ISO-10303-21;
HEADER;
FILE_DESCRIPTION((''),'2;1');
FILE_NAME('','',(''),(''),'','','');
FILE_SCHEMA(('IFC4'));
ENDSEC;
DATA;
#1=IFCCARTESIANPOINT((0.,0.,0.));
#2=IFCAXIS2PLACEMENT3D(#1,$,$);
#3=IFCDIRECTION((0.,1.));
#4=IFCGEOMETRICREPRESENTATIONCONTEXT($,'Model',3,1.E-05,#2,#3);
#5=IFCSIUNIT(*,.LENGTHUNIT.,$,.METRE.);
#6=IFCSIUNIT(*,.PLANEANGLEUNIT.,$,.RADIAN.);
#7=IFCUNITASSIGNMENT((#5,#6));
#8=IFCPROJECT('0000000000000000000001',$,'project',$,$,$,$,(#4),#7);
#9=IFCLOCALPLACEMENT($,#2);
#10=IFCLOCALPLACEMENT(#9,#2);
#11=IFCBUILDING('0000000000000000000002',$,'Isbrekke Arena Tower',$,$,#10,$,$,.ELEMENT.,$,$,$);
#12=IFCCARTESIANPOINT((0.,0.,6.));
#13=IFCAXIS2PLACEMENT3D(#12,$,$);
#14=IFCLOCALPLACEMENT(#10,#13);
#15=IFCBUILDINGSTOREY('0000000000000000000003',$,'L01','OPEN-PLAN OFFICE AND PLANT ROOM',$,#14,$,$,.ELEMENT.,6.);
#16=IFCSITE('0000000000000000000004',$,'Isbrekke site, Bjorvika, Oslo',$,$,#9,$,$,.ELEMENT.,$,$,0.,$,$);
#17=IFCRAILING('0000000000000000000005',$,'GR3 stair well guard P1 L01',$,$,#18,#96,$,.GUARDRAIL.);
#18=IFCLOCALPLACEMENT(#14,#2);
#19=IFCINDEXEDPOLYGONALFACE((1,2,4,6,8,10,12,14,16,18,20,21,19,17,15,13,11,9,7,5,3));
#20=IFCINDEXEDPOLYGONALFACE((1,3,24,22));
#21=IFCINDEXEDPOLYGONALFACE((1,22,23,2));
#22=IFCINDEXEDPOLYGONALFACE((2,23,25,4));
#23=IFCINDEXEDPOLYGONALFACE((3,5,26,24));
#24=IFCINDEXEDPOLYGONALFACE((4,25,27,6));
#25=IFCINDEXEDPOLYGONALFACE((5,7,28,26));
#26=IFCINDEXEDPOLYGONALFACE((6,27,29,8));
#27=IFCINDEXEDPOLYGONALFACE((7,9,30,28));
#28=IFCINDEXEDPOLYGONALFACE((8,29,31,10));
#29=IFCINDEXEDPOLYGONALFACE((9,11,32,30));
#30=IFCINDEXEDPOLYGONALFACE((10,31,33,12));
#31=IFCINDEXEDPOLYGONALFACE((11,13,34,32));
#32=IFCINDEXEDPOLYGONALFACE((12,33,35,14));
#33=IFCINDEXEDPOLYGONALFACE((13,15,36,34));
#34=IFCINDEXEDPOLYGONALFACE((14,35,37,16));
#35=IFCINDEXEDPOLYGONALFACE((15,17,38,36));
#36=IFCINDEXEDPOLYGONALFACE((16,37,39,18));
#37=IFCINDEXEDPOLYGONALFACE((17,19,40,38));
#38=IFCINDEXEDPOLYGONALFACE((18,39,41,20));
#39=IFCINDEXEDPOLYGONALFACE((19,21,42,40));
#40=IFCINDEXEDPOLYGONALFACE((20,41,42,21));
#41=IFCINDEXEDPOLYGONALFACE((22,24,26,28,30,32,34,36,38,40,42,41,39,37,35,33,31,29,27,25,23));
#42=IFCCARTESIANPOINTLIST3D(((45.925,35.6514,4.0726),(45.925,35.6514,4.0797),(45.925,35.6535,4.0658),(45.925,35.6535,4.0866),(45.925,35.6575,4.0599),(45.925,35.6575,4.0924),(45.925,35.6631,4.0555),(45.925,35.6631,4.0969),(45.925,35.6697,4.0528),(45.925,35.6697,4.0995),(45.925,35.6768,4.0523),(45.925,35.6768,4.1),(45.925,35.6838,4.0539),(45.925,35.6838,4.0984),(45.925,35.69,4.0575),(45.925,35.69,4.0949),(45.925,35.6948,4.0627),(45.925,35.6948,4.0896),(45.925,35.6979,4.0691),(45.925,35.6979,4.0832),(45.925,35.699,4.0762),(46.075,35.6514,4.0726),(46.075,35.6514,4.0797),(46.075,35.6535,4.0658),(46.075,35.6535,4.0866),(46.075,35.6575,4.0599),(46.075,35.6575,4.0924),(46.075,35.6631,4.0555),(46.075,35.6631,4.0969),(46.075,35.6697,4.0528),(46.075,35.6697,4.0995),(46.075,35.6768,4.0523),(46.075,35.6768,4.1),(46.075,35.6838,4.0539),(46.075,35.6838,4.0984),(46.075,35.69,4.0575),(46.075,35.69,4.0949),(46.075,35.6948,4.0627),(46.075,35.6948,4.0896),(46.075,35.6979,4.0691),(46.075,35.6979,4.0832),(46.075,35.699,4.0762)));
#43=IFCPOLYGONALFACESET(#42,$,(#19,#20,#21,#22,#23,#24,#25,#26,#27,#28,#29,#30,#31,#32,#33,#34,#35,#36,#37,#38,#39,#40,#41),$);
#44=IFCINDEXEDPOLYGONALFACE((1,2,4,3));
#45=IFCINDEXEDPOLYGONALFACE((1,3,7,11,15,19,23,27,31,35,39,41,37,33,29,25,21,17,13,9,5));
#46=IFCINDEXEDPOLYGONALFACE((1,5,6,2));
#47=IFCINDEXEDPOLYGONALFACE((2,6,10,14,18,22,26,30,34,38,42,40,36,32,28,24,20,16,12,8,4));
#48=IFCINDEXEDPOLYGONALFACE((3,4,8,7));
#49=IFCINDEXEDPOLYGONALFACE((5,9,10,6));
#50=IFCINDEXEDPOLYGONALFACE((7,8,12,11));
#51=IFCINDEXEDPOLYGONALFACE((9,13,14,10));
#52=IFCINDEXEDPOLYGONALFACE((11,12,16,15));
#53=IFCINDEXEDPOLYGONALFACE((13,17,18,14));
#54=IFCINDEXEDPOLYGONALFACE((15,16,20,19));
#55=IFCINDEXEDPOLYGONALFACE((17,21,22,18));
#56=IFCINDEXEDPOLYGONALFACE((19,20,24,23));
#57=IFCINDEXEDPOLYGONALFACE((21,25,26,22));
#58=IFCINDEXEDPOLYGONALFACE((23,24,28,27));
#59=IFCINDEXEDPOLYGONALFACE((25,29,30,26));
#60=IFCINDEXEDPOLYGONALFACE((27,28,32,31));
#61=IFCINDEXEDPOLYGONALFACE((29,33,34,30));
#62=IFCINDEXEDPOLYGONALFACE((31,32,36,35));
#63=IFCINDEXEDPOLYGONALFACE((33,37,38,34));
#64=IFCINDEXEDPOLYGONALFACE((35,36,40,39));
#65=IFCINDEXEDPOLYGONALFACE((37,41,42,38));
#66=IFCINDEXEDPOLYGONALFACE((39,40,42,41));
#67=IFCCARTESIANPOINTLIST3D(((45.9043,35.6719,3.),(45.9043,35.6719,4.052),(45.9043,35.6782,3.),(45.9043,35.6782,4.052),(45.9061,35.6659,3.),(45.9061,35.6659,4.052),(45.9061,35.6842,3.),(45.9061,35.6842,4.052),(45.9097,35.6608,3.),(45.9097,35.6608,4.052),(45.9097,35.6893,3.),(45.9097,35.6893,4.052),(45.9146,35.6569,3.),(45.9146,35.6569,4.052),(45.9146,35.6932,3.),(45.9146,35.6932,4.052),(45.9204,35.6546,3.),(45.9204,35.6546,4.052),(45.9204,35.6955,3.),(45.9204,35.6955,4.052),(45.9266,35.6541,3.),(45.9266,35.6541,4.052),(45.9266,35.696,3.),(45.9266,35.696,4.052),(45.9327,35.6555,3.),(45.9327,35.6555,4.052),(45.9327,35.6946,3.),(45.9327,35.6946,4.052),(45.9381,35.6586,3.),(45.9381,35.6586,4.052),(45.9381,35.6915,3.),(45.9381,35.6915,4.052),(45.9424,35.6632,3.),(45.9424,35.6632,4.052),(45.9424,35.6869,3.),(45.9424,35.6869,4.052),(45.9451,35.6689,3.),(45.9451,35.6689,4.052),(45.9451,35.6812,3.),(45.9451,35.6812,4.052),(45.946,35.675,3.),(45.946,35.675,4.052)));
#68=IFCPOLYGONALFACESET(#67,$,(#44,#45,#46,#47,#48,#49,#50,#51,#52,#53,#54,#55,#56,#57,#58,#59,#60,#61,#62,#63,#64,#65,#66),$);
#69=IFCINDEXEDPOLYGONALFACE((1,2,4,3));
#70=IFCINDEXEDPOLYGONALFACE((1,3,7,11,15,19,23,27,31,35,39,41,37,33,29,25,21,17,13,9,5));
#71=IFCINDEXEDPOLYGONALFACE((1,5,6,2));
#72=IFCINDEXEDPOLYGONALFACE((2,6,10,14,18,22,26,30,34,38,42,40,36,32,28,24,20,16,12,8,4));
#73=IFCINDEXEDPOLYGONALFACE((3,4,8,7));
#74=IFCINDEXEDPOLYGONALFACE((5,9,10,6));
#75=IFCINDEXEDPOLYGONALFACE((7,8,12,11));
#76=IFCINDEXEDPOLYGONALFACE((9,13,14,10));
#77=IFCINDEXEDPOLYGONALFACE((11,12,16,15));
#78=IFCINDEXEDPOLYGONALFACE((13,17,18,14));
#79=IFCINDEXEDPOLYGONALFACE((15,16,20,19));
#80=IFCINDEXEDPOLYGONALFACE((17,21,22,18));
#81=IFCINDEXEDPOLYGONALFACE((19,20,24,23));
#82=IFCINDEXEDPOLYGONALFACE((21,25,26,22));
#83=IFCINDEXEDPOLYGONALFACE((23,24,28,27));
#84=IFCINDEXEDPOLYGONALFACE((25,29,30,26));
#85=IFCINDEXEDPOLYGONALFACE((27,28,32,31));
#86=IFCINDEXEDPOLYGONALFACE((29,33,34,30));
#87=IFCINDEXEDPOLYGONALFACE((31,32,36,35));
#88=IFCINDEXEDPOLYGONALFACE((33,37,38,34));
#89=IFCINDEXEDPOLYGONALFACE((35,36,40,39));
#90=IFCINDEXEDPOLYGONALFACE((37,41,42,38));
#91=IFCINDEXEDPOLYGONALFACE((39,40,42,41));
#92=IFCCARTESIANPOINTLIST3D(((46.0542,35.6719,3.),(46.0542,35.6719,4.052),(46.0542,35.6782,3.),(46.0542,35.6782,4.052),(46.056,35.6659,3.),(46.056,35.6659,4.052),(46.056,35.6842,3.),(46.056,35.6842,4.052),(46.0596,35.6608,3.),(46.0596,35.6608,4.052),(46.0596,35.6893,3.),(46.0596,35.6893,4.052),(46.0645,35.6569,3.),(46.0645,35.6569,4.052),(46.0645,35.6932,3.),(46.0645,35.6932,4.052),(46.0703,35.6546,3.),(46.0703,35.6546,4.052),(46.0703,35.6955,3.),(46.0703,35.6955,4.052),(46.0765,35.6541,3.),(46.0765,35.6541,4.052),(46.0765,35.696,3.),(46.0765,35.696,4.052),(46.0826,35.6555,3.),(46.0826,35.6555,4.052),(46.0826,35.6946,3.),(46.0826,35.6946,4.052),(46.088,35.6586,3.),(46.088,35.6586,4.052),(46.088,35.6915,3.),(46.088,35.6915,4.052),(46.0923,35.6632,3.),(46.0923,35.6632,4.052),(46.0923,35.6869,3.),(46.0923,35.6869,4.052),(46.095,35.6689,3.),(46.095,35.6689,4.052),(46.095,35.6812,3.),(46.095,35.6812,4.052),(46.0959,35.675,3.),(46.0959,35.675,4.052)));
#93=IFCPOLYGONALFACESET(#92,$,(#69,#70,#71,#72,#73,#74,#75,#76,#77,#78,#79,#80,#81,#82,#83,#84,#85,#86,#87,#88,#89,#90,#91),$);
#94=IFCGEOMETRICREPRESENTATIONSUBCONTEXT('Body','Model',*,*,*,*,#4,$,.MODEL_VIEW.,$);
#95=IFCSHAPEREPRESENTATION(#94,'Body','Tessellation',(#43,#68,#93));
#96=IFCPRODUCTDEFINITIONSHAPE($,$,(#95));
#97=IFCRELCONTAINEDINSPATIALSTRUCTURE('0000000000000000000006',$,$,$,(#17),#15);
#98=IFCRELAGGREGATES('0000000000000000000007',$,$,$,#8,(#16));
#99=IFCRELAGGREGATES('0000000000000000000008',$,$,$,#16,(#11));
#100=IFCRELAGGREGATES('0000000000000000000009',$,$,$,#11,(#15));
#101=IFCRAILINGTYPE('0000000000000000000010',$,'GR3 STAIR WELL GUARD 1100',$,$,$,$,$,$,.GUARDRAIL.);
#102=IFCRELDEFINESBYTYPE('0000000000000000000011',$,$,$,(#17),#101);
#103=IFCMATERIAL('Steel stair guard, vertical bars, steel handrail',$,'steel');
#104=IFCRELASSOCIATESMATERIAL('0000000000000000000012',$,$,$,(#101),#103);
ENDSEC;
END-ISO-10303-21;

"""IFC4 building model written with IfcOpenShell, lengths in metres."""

from ifc_helpers import new_model, si_unit, direction, frame, origin, origin_2d, place, context, subcontext, project, spatial, circle, extrude, material, type_object, element, save


model = new_model("IFC4")

# Units and contexts
model_context = context("Model", 3, precision=1e-05, world=origin(), true_north=direction((0.0, 1.0)))
body_context = subcontext(model_context, "Body", "Model", "MODEL_VIEW")
ifc_project = project(units=[si_unit("LENGTHUNIT", "METRE"), si_unit("PLANEANGLEUNIT", "RADIAN")], contexts=[model_context])

# Site, building, storey
site_placement = place(None, origin())
site = spatial("IfcSite", under=ifc_project, at=site_placement, Name="Isbrekke site, Bjorvika, Oslo", CompositionType="ELEMENT", RefElevation=0.0)
building_placement = place(site_placement, origin())
building = spatial("IfcBuilding", under=site, at=building_placement, Name="Isbrekke Arena Tower", CompositionType="ELEMENT")
storey_placement = place(building_placement, frame((0.0, 0.0, 6.0)))
storey = spatial("IfcBuildingStorey", under=building, at=storey_placement, Name="L01", Description="OPEN-PLAN OFFICE AND PLANT ROOM", CompositionType="ELEMENT", Elevation=6.0)

# Railing
ifc_material_1 = material(Name="Steel stair guard, vertical bars, steel handrail", Category="steel")
railing_type = type_object("IfcRailingType", Name="GR3 STAIR WELL GUARD 1100", PredefinedType="GUARDRAIL", material=ifc_material_1)
for number, where, name in (
    (1, (45.925, 35.675, 3.0), "GR3 stair well guard P1 L01"),
):
    element("IfcRailing", number, at=place(storey_placement, frame(where)), inside=storey, type_object=railing_type, Name=name, PredefinedType="GUARDRAIL", context=body_context, shape_type="SweptSolid", body=[
        extrude(circle(Radius=0.0239, at=origin_2d()), frame((0.0, 0.0, 1.0762), z_axis=(1.0, 0.0, 0.0), x_axis=(0.0, 1.0, 0.0)), (0.0, 0.0, 1.0), 0.1499),
        extrude(circle(Radius=0.021, at=origin_2d()), origin(), (0.0, 0.0, 1.0), 1.052),
        extrude(circle(Radius=0.021, at=origin_2d()), frame((0.1499, 0.0, 0.0)), (0.0, 0.0, 1.0), 1.052),
    ])

save(model, "model.ifc")
